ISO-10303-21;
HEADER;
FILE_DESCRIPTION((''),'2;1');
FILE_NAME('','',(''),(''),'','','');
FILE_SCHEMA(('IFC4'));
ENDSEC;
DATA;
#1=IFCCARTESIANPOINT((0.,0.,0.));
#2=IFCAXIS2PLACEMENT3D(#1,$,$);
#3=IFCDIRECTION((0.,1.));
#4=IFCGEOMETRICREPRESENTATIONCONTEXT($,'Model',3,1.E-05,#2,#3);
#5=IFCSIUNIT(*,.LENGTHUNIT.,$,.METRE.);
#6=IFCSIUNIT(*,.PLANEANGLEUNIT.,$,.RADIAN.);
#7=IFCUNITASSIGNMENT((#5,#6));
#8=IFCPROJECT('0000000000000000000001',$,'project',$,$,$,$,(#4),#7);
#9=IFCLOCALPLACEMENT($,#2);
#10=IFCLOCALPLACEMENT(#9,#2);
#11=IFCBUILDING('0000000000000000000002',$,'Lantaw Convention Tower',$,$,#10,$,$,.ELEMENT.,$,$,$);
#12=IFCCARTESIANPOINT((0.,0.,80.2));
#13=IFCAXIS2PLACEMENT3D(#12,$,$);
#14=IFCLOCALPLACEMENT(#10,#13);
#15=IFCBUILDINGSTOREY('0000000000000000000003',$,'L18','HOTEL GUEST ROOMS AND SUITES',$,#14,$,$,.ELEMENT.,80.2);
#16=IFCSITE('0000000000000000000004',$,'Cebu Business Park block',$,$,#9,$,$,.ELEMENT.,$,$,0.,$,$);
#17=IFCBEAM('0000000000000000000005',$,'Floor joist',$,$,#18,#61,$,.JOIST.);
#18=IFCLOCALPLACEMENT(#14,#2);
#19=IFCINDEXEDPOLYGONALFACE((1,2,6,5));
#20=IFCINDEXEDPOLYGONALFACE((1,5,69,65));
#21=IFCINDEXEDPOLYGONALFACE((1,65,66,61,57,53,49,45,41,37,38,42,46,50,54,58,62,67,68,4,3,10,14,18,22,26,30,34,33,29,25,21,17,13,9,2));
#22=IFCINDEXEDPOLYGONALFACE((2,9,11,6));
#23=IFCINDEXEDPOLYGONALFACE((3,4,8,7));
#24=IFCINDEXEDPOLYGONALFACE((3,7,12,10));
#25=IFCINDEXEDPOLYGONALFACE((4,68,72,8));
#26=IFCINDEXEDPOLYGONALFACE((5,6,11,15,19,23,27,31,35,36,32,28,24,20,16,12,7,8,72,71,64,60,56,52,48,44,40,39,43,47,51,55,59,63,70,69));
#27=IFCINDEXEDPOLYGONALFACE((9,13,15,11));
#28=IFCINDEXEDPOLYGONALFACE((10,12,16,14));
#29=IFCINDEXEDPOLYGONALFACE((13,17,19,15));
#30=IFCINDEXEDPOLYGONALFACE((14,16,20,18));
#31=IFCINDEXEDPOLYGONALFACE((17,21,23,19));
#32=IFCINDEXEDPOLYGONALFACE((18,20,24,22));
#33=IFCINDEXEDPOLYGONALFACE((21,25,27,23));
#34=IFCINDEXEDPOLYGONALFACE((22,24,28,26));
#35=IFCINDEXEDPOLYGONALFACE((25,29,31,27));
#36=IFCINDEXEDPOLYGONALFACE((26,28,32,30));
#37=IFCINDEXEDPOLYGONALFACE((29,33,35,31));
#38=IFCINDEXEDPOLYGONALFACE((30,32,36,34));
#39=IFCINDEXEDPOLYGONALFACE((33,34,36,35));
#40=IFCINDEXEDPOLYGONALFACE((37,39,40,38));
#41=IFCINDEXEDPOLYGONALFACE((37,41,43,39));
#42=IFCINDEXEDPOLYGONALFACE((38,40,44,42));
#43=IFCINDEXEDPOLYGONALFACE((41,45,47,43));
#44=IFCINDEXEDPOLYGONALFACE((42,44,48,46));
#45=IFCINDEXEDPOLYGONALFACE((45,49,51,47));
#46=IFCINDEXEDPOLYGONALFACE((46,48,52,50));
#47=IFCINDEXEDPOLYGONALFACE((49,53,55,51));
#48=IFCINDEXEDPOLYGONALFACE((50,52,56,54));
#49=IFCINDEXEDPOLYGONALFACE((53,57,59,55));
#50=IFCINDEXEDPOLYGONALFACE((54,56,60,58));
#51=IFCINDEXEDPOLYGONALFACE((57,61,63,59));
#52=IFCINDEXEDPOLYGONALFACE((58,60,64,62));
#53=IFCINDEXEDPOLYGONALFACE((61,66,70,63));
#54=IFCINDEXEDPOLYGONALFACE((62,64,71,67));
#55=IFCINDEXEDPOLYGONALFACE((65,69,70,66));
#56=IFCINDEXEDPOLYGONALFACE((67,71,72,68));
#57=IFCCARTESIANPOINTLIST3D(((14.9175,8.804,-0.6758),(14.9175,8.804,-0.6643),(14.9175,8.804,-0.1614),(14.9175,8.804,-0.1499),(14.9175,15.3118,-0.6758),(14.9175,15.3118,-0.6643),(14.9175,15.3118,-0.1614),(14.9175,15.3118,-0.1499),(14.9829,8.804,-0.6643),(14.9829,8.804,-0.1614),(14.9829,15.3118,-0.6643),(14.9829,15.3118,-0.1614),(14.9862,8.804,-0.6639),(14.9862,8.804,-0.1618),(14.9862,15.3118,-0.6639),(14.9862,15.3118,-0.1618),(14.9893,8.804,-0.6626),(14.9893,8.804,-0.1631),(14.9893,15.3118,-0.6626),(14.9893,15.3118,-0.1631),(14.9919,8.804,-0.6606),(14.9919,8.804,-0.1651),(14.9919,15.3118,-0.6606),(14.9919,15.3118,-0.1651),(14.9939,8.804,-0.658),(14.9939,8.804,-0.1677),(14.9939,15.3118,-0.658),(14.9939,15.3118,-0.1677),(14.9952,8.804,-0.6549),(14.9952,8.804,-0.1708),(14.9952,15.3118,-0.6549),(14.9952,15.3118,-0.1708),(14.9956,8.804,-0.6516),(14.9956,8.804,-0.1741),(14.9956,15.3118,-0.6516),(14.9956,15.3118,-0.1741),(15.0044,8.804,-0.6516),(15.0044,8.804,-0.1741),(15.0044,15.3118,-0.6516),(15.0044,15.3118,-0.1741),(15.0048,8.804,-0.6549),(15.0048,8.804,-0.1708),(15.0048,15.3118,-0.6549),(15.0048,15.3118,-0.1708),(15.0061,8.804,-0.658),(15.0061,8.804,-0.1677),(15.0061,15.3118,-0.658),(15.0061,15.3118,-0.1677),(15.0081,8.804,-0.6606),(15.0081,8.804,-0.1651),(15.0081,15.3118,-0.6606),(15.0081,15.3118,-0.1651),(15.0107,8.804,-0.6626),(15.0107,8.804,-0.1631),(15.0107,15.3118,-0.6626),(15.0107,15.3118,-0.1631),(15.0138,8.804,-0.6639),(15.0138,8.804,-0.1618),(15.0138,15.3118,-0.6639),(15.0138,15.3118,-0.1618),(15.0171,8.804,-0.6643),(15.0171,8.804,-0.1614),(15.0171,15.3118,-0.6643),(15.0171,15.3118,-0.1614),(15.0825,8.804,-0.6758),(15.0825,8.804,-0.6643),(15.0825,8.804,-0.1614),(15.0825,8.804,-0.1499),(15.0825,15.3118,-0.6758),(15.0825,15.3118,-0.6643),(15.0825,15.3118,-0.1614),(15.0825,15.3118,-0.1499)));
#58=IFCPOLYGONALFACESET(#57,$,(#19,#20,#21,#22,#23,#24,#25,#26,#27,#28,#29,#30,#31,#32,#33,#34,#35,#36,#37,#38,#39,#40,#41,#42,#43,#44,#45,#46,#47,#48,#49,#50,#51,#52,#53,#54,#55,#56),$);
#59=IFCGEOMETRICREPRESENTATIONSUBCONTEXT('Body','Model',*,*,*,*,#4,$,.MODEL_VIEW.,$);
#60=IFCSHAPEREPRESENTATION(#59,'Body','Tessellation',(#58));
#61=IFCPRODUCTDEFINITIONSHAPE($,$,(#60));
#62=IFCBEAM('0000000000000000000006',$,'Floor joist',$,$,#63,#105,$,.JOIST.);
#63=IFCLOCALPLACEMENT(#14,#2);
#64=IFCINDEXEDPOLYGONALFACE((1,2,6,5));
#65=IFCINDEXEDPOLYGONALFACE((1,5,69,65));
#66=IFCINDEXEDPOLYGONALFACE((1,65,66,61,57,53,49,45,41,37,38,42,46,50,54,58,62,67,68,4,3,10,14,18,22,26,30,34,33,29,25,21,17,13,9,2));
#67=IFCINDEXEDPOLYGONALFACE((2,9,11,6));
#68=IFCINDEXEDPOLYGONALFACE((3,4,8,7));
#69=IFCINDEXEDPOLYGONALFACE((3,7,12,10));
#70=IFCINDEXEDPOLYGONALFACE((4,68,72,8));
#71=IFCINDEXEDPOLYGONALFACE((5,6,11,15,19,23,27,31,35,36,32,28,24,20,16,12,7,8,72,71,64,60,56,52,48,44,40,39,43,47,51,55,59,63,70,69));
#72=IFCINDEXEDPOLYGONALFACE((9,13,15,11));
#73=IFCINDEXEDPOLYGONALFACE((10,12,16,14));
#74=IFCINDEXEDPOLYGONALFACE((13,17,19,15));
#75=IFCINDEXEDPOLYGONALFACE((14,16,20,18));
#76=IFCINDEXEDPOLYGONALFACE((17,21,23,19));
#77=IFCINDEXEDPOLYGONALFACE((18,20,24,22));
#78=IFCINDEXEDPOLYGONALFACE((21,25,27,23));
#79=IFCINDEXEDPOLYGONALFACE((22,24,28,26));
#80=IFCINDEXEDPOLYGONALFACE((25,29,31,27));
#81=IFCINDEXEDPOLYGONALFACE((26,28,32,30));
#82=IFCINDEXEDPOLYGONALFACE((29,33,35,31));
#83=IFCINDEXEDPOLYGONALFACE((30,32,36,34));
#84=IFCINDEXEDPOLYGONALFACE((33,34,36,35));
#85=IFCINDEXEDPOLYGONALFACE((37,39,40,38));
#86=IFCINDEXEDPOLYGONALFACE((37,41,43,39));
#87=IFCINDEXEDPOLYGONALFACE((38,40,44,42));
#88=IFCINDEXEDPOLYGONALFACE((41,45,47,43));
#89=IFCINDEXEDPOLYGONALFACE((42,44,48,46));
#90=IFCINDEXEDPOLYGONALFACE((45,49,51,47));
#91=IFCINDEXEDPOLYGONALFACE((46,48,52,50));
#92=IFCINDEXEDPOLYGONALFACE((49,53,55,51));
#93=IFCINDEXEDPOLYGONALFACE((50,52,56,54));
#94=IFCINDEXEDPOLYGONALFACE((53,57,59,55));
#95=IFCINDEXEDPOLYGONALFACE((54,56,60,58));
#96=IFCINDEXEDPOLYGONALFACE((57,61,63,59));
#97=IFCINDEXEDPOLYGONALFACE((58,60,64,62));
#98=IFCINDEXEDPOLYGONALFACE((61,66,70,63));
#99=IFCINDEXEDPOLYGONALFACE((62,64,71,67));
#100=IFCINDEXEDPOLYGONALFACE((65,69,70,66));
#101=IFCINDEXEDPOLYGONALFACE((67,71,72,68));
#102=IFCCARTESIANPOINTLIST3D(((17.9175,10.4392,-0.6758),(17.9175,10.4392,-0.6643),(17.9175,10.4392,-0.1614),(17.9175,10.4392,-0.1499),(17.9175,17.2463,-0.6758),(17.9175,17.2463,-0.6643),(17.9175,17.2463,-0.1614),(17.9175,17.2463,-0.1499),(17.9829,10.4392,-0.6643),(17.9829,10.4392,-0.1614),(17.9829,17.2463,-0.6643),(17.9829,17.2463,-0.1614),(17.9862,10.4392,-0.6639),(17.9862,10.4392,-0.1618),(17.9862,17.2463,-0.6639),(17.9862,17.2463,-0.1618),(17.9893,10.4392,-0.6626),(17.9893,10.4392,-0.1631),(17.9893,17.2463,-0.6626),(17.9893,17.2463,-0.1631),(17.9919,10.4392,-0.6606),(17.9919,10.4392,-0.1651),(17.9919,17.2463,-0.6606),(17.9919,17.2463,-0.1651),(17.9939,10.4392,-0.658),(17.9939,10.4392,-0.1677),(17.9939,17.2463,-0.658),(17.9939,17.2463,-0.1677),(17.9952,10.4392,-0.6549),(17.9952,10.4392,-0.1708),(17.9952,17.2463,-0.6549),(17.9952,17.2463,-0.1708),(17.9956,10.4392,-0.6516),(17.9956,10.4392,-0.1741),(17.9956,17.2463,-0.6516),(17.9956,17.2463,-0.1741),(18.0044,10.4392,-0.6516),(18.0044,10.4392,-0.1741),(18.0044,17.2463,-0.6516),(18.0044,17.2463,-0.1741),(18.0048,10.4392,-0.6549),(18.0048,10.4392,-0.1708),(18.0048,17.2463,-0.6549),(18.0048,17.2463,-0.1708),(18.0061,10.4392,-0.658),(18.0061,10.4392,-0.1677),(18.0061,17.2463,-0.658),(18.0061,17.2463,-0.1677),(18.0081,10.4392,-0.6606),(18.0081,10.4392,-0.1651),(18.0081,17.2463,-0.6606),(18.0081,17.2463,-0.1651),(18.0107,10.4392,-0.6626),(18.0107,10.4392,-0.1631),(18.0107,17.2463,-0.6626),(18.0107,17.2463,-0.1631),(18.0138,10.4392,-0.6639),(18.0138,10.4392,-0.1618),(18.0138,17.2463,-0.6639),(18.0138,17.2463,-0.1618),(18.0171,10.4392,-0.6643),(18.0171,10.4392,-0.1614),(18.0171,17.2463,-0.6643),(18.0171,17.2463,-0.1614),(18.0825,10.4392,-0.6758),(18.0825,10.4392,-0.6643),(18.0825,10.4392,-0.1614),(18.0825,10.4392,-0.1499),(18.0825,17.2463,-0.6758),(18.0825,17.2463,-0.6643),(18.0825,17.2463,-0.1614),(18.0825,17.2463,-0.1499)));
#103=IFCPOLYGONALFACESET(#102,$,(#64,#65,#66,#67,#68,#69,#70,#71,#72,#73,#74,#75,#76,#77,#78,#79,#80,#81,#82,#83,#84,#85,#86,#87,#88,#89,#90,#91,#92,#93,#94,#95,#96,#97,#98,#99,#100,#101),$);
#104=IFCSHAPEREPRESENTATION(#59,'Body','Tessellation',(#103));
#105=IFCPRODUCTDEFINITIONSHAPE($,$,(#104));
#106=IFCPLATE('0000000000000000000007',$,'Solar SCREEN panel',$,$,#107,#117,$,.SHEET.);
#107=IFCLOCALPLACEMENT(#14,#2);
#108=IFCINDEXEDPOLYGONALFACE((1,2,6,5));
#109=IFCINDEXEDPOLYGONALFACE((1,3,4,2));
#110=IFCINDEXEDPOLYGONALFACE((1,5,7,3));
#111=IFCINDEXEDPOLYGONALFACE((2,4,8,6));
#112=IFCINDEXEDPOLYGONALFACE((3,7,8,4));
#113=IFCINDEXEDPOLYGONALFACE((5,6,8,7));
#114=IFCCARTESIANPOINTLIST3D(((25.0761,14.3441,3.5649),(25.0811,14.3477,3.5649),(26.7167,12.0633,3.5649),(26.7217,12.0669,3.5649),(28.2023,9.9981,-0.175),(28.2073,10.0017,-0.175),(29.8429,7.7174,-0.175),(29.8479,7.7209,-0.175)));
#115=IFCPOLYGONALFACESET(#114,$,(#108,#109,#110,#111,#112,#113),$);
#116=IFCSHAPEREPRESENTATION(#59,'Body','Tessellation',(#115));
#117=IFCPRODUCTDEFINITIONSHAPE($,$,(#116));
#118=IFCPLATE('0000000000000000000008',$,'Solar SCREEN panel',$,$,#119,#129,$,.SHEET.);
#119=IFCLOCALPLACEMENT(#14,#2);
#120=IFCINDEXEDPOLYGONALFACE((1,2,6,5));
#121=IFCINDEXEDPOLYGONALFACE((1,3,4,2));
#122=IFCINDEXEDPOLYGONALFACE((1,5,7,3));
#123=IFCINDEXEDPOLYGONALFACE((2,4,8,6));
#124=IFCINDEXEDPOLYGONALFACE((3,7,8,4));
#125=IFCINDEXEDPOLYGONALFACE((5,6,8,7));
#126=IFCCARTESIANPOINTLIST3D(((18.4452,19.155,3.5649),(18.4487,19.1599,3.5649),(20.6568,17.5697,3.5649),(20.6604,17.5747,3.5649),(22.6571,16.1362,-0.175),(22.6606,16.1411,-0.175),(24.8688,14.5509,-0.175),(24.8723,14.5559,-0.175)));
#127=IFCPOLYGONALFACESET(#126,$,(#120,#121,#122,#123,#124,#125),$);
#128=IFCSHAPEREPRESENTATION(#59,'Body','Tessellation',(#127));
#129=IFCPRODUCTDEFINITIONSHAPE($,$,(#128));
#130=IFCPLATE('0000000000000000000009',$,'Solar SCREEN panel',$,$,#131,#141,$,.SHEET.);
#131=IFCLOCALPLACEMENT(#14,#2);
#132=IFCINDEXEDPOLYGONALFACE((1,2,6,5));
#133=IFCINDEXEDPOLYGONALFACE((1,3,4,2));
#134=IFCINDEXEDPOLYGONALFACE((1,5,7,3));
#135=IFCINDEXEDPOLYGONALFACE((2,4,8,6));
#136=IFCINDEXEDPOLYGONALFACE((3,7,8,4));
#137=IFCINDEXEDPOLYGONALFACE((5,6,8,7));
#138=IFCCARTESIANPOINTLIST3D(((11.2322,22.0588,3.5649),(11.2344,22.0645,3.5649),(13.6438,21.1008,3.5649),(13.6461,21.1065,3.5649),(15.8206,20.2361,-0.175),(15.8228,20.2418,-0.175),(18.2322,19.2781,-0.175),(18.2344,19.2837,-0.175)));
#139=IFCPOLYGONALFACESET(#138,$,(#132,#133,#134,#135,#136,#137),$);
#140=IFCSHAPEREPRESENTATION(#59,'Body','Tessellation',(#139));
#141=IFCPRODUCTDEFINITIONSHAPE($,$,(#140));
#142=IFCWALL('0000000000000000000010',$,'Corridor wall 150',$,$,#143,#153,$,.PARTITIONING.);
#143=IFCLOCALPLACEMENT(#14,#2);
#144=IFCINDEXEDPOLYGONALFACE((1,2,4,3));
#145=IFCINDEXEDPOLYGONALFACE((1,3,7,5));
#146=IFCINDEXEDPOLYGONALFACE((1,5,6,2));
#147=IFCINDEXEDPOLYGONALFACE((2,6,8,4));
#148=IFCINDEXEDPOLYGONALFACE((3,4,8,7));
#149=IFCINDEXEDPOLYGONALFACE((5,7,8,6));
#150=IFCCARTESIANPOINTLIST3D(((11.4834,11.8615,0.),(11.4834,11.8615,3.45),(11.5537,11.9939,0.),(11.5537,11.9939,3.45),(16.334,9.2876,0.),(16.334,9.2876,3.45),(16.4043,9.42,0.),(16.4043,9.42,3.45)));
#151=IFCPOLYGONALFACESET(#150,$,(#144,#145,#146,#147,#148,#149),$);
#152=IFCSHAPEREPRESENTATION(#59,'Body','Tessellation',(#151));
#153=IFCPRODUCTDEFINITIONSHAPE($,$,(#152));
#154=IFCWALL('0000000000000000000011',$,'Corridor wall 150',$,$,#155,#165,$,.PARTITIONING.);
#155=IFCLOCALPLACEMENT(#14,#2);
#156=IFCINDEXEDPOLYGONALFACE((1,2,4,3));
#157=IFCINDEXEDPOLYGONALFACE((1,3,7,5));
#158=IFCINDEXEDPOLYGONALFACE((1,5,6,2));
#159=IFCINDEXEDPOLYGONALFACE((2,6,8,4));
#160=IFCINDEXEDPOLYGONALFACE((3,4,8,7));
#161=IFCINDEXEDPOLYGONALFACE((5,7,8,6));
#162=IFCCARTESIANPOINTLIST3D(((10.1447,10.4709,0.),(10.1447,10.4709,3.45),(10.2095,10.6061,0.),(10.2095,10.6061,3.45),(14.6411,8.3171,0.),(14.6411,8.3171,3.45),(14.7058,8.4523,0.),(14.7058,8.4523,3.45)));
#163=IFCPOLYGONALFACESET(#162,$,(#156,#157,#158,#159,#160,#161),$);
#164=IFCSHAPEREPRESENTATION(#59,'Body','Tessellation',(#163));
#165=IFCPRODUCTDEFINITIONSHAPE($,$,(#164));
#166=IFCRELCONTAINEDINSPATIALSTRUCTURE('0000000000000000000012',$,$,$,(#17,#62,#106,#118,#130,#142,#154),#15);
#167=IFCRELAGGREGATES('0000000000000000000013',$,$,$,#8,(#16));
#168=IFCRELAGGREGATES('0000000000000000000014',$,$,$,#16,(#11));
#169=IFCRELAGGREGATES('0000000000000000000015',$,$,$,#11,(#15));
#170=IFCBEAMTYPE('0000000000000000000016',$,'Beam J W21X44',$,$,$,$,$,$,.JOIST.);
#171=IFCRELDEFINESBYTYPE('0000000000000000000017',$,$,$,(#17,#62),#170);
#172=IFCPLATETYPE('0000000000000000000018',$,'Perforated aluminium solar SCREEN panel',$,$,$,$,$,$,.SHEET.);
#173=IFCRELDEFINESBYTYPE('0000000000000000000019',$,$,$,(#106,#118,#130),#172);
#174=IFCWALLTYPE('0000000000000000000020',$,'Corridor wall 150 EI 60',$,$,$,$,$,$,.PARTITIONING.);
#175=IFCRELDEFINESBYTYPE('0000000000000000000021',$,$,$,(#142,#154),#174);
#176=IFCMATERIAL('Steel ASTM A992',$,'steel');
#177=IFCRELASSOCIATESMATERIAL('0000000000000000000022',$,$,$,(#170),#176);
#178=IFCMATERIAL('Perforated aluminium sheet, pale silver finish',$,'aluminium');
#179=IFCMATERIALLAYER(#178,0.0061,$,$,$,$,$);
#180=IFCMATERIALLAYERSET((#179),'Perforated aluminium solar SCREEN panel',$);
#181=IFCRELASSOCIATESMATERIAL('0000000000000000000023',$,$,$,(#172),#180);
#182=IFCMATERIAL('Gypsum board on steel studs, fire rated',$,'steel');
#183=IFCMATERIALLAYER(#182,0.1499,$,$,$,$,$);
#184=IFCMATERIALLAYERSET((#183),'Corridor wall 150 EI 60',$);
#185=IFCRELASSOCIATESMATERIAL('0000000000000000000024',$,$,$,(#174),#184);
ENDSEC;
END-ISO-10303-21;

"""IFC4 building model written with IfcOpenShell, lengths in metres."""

from ifc_helpers import new_model, si_unit, direction, frame, frame_2d, origin, origin_2d, place, context, subcontext, project, spatial, polyline, rectangle, i_section, outline, extrude, material, layer, layer_set, material_profile, profile_set, type_object, element, save


model = new_model("IFC4")

# Units and contexts
model_context = context("Model", 3, precision=1e-05, world=origin(), true_north=direction((0.0, 1.0)))
body_context = subcontext(model_context, "Body", "Model", "MODEL_VIEW")
ifc_project = project(units=[si_unit("LENGTHUNIT", "METRE"), si_unit("PLANEANGLEUNIT", "RADIAN")], contexts=[model_context])

# Site, building, storey
site_placement = place(None, origin())
site = spatial("IfcSite", under=ifc_project, at=site_placement, Name="Cebu Business Park block", CompositionType="ELEMENT", RefElevation=0.0)
building_placement = place(site_placement, origin())
building = spatial("IfcBuilding", under=site, at=building_placement, Name="Lantaw Convention Tower", CompositionType="ELEMENT")
storey_placement = place(building_placement, frame((0.0, 0.0, 80.2)))
storey = spatial("IfcBuildingStorey", under=building, at=storey_placement, Name="L18", Description="HOTEL GUEST ROOMS AND SUITES", CompositionType="ELEMENT", Elevation=80.2)

# Beams
ifc_material_1 = material(Name="Steel ASTM A992", Category="steel")
ifc_material_profile_1 = material_profile(ifc_material_1, i_section(OverallWidth=0.165, OverallDepth=0.5259, WebThickness=0.0088, FlangeThickness=0.0115, FilletRadius=0.0127, at=origin_2d()), Name="W21X44")
ifc_profile_set_1 = profile_set([ifc_material_profile_1], Name="Steel ASTM A992")
beam_type_1 = type_object("IfcBeamType", Name="Beam J W21X44", PredefinedType="JOIST", material=ifc_profile_set_1)
beam_1_placement = place(storey_placement, frame((15.0, 8.804, -0.4128), z_axis=(0.0, 1.0, 0.0), x_axis=(-1.0, 0.0, 0.0)))
element("IfcBeam", 1, at=beam_1_placement, inside=storey, type_object=beam_type_1, Name="Floor joist", PredefinedType="JOIST", context=body_context, shape_type="SweptSolid", body=[
    extrude(i_section(OverallWidth=0.165, OverallDepth=0.5259, WebThickness=0.0088, FlangeThickness=0.0115, FilletRadius=0.0127, at=origin_2d()), origin(), (0.0, 0.0, 1.0), 6.5078),
])
beam_2_placement = place(storey_placement, frame((18.0, 10.4392, -0.4128), z_axis=(0.0, 1.0, 0.0), x_axis=(-1.0, 0.0, 0.0)))
element("IfcBeam", 2, at=beam_2_placement, inside=storey, type_object=beam_type_1, Name="Floor joist", PredefinedType="JOIST", context=body_context, shape_type="SweptSolid", body=[
    extrude(i_section(OverallWidth=0.165, OverallDepth=0.5259, WebThickness=0.0088, FlangeThickness=0.0115, FilletRadius=0.0127, at=origin_2d()), origin(), (0.0, 0.0, 1.0), 6.8071),
])

# Plates
ifc_material_2 = material(Name="Perforated aluminium sheet, pale silver finish", Category="aluminium")
ifc_layer_1 = layer(ifc_material_2, 0.0061)
ifc_layer_set_1 = layer_set([ifc_layer_1], Name="Perforated aluminium solar SCREEN panel")
plate_type = type_object("IfcPlateType", Name="Perforated aluminium solar SCREEN panel", PredefinedType="SHEET", material=ifc_layer_set_1)
plate_1_placement = place(storey_placement, frame((29.8479, 7.7209, -0.175), z_axis=(0.811791, 0.583948, 0.000009), x_axis=(-0.583948, 0.811791, 0.0)))
element("IfcPlate", 3, at=plate_1_placement, inside=storey, type_object=plate_type, Name="Solar SCREEN panel", PredefinedType="SHEET", context=body_context, shape_type="SweptSolid", body=[
    extrude(outline(polyline([(0.0, 0.0), (2.8095, 0.0), (8.1631, 3.74), (5.3536, 3.74), (0.0, 0.0)])), origin(), (0.0, 0.0, -1.0), 0.0061),
])
plate_2_placement = place(storey_placement, frame((24.8723, 14.5559, -0.175), z_axis=(0.582561, 0.812787, 0.000016), x_axis=(-0.812787, 0.582561, 0.0)))
element("IfcPlate", 4, at=plate_2_placement, inside=storey, type_object=plate_type, Name="Solar SCREEN panel", PredefinedType="SHEET", context=body_context, shape_type="SweptSolid", body=[
    extrude(outline(polyline([(0.0, 0.0), (2.7211, 0.0), (7.9031, 3.74), (5.182, 3.74), (0.0, 0.0)])), origin(), (0.0, 0.0, -1.0), 0.0061),
])
plate_3_placement = place(storey_placement, frame((18.2322, 19.2781, -0.175), z_axis=(-0.369184, -0.929357, 0.000009), x_axis=(-0.929357, 0.369184, 0.0)))
element("IfcPlate", 5, at=plate_3_placement, inside=storey, type_object=plate_type, Name="Solar SCREEN panel", PredefinedType="SHEET", context=body_context, shape_type="SweptSolid", body=[
    extrude(outline(polyline([(0.0, 0.0), (2.5949, 0.0), (7.5321, -3.74), (4.9372, -3.74), (0.0, 0.0)])), origin(), (0.0, 0.0, -1.0), 0.0061),
])

# Walls
ifc_material_3 = material(Name="Gypsum board on steel studs, fire rated", Category="steel")
ifc_layer_2 = layer(ifc_material_3, 0.1499)
ifc_layer_set_2 = layer_set([ifc_layer_2], Name="Corridor wall 150 EI 60")
wall_type_1 = type_object("IfcWallType", Name="Corridor wall 150 EI 60", PredefinedType="PARTITIONING", material=ifc_layer_set_2)
wall_1_placement = place(storey_placement, frame((16.3691, 9.3538, 0.0), z_axis=(0.0, 0.0, 1.0), x_axis=(-0.883334, 0.468743, 0.0)))
element("IfcWall", 6, at=wall_1_placement, inside=storey, type_object=wall_type_1, Name="Corridor wall 150", PredefinedType="PARTITIONING", context=body_context, shape_type="SweptSolid", body=[
    extrude(rectangle(XDim=5.4912, YDim=0.1499, at=frame_2d((2.7456, 0.0))), origin(), (0.0, 0.0, 1.0), 3.45),
])
wall_2_placement = place(storey_placement, frame((14.6733, 8.3848, 0.0), z_axis=(0.0, 0.0, 1.0), x_axis=(-0.90187, 0.432008, 0.0)))
element("IfcWall", 7, at=wall_2_placement, inside=storey, type_object=wall_type_1, Name="Corridor wall 150", PredefinedType="PARTITIONING", context=body_context, shape_type="SweptSolid", body=[
    extrude(rectangle(XDim=4.9856, YDim=0.1499, at=frame_2d((2.4927, 0.0))), origin(), (0.0, 0.0, 1.0), 3.45),
])

save(model, "model.ifc")
